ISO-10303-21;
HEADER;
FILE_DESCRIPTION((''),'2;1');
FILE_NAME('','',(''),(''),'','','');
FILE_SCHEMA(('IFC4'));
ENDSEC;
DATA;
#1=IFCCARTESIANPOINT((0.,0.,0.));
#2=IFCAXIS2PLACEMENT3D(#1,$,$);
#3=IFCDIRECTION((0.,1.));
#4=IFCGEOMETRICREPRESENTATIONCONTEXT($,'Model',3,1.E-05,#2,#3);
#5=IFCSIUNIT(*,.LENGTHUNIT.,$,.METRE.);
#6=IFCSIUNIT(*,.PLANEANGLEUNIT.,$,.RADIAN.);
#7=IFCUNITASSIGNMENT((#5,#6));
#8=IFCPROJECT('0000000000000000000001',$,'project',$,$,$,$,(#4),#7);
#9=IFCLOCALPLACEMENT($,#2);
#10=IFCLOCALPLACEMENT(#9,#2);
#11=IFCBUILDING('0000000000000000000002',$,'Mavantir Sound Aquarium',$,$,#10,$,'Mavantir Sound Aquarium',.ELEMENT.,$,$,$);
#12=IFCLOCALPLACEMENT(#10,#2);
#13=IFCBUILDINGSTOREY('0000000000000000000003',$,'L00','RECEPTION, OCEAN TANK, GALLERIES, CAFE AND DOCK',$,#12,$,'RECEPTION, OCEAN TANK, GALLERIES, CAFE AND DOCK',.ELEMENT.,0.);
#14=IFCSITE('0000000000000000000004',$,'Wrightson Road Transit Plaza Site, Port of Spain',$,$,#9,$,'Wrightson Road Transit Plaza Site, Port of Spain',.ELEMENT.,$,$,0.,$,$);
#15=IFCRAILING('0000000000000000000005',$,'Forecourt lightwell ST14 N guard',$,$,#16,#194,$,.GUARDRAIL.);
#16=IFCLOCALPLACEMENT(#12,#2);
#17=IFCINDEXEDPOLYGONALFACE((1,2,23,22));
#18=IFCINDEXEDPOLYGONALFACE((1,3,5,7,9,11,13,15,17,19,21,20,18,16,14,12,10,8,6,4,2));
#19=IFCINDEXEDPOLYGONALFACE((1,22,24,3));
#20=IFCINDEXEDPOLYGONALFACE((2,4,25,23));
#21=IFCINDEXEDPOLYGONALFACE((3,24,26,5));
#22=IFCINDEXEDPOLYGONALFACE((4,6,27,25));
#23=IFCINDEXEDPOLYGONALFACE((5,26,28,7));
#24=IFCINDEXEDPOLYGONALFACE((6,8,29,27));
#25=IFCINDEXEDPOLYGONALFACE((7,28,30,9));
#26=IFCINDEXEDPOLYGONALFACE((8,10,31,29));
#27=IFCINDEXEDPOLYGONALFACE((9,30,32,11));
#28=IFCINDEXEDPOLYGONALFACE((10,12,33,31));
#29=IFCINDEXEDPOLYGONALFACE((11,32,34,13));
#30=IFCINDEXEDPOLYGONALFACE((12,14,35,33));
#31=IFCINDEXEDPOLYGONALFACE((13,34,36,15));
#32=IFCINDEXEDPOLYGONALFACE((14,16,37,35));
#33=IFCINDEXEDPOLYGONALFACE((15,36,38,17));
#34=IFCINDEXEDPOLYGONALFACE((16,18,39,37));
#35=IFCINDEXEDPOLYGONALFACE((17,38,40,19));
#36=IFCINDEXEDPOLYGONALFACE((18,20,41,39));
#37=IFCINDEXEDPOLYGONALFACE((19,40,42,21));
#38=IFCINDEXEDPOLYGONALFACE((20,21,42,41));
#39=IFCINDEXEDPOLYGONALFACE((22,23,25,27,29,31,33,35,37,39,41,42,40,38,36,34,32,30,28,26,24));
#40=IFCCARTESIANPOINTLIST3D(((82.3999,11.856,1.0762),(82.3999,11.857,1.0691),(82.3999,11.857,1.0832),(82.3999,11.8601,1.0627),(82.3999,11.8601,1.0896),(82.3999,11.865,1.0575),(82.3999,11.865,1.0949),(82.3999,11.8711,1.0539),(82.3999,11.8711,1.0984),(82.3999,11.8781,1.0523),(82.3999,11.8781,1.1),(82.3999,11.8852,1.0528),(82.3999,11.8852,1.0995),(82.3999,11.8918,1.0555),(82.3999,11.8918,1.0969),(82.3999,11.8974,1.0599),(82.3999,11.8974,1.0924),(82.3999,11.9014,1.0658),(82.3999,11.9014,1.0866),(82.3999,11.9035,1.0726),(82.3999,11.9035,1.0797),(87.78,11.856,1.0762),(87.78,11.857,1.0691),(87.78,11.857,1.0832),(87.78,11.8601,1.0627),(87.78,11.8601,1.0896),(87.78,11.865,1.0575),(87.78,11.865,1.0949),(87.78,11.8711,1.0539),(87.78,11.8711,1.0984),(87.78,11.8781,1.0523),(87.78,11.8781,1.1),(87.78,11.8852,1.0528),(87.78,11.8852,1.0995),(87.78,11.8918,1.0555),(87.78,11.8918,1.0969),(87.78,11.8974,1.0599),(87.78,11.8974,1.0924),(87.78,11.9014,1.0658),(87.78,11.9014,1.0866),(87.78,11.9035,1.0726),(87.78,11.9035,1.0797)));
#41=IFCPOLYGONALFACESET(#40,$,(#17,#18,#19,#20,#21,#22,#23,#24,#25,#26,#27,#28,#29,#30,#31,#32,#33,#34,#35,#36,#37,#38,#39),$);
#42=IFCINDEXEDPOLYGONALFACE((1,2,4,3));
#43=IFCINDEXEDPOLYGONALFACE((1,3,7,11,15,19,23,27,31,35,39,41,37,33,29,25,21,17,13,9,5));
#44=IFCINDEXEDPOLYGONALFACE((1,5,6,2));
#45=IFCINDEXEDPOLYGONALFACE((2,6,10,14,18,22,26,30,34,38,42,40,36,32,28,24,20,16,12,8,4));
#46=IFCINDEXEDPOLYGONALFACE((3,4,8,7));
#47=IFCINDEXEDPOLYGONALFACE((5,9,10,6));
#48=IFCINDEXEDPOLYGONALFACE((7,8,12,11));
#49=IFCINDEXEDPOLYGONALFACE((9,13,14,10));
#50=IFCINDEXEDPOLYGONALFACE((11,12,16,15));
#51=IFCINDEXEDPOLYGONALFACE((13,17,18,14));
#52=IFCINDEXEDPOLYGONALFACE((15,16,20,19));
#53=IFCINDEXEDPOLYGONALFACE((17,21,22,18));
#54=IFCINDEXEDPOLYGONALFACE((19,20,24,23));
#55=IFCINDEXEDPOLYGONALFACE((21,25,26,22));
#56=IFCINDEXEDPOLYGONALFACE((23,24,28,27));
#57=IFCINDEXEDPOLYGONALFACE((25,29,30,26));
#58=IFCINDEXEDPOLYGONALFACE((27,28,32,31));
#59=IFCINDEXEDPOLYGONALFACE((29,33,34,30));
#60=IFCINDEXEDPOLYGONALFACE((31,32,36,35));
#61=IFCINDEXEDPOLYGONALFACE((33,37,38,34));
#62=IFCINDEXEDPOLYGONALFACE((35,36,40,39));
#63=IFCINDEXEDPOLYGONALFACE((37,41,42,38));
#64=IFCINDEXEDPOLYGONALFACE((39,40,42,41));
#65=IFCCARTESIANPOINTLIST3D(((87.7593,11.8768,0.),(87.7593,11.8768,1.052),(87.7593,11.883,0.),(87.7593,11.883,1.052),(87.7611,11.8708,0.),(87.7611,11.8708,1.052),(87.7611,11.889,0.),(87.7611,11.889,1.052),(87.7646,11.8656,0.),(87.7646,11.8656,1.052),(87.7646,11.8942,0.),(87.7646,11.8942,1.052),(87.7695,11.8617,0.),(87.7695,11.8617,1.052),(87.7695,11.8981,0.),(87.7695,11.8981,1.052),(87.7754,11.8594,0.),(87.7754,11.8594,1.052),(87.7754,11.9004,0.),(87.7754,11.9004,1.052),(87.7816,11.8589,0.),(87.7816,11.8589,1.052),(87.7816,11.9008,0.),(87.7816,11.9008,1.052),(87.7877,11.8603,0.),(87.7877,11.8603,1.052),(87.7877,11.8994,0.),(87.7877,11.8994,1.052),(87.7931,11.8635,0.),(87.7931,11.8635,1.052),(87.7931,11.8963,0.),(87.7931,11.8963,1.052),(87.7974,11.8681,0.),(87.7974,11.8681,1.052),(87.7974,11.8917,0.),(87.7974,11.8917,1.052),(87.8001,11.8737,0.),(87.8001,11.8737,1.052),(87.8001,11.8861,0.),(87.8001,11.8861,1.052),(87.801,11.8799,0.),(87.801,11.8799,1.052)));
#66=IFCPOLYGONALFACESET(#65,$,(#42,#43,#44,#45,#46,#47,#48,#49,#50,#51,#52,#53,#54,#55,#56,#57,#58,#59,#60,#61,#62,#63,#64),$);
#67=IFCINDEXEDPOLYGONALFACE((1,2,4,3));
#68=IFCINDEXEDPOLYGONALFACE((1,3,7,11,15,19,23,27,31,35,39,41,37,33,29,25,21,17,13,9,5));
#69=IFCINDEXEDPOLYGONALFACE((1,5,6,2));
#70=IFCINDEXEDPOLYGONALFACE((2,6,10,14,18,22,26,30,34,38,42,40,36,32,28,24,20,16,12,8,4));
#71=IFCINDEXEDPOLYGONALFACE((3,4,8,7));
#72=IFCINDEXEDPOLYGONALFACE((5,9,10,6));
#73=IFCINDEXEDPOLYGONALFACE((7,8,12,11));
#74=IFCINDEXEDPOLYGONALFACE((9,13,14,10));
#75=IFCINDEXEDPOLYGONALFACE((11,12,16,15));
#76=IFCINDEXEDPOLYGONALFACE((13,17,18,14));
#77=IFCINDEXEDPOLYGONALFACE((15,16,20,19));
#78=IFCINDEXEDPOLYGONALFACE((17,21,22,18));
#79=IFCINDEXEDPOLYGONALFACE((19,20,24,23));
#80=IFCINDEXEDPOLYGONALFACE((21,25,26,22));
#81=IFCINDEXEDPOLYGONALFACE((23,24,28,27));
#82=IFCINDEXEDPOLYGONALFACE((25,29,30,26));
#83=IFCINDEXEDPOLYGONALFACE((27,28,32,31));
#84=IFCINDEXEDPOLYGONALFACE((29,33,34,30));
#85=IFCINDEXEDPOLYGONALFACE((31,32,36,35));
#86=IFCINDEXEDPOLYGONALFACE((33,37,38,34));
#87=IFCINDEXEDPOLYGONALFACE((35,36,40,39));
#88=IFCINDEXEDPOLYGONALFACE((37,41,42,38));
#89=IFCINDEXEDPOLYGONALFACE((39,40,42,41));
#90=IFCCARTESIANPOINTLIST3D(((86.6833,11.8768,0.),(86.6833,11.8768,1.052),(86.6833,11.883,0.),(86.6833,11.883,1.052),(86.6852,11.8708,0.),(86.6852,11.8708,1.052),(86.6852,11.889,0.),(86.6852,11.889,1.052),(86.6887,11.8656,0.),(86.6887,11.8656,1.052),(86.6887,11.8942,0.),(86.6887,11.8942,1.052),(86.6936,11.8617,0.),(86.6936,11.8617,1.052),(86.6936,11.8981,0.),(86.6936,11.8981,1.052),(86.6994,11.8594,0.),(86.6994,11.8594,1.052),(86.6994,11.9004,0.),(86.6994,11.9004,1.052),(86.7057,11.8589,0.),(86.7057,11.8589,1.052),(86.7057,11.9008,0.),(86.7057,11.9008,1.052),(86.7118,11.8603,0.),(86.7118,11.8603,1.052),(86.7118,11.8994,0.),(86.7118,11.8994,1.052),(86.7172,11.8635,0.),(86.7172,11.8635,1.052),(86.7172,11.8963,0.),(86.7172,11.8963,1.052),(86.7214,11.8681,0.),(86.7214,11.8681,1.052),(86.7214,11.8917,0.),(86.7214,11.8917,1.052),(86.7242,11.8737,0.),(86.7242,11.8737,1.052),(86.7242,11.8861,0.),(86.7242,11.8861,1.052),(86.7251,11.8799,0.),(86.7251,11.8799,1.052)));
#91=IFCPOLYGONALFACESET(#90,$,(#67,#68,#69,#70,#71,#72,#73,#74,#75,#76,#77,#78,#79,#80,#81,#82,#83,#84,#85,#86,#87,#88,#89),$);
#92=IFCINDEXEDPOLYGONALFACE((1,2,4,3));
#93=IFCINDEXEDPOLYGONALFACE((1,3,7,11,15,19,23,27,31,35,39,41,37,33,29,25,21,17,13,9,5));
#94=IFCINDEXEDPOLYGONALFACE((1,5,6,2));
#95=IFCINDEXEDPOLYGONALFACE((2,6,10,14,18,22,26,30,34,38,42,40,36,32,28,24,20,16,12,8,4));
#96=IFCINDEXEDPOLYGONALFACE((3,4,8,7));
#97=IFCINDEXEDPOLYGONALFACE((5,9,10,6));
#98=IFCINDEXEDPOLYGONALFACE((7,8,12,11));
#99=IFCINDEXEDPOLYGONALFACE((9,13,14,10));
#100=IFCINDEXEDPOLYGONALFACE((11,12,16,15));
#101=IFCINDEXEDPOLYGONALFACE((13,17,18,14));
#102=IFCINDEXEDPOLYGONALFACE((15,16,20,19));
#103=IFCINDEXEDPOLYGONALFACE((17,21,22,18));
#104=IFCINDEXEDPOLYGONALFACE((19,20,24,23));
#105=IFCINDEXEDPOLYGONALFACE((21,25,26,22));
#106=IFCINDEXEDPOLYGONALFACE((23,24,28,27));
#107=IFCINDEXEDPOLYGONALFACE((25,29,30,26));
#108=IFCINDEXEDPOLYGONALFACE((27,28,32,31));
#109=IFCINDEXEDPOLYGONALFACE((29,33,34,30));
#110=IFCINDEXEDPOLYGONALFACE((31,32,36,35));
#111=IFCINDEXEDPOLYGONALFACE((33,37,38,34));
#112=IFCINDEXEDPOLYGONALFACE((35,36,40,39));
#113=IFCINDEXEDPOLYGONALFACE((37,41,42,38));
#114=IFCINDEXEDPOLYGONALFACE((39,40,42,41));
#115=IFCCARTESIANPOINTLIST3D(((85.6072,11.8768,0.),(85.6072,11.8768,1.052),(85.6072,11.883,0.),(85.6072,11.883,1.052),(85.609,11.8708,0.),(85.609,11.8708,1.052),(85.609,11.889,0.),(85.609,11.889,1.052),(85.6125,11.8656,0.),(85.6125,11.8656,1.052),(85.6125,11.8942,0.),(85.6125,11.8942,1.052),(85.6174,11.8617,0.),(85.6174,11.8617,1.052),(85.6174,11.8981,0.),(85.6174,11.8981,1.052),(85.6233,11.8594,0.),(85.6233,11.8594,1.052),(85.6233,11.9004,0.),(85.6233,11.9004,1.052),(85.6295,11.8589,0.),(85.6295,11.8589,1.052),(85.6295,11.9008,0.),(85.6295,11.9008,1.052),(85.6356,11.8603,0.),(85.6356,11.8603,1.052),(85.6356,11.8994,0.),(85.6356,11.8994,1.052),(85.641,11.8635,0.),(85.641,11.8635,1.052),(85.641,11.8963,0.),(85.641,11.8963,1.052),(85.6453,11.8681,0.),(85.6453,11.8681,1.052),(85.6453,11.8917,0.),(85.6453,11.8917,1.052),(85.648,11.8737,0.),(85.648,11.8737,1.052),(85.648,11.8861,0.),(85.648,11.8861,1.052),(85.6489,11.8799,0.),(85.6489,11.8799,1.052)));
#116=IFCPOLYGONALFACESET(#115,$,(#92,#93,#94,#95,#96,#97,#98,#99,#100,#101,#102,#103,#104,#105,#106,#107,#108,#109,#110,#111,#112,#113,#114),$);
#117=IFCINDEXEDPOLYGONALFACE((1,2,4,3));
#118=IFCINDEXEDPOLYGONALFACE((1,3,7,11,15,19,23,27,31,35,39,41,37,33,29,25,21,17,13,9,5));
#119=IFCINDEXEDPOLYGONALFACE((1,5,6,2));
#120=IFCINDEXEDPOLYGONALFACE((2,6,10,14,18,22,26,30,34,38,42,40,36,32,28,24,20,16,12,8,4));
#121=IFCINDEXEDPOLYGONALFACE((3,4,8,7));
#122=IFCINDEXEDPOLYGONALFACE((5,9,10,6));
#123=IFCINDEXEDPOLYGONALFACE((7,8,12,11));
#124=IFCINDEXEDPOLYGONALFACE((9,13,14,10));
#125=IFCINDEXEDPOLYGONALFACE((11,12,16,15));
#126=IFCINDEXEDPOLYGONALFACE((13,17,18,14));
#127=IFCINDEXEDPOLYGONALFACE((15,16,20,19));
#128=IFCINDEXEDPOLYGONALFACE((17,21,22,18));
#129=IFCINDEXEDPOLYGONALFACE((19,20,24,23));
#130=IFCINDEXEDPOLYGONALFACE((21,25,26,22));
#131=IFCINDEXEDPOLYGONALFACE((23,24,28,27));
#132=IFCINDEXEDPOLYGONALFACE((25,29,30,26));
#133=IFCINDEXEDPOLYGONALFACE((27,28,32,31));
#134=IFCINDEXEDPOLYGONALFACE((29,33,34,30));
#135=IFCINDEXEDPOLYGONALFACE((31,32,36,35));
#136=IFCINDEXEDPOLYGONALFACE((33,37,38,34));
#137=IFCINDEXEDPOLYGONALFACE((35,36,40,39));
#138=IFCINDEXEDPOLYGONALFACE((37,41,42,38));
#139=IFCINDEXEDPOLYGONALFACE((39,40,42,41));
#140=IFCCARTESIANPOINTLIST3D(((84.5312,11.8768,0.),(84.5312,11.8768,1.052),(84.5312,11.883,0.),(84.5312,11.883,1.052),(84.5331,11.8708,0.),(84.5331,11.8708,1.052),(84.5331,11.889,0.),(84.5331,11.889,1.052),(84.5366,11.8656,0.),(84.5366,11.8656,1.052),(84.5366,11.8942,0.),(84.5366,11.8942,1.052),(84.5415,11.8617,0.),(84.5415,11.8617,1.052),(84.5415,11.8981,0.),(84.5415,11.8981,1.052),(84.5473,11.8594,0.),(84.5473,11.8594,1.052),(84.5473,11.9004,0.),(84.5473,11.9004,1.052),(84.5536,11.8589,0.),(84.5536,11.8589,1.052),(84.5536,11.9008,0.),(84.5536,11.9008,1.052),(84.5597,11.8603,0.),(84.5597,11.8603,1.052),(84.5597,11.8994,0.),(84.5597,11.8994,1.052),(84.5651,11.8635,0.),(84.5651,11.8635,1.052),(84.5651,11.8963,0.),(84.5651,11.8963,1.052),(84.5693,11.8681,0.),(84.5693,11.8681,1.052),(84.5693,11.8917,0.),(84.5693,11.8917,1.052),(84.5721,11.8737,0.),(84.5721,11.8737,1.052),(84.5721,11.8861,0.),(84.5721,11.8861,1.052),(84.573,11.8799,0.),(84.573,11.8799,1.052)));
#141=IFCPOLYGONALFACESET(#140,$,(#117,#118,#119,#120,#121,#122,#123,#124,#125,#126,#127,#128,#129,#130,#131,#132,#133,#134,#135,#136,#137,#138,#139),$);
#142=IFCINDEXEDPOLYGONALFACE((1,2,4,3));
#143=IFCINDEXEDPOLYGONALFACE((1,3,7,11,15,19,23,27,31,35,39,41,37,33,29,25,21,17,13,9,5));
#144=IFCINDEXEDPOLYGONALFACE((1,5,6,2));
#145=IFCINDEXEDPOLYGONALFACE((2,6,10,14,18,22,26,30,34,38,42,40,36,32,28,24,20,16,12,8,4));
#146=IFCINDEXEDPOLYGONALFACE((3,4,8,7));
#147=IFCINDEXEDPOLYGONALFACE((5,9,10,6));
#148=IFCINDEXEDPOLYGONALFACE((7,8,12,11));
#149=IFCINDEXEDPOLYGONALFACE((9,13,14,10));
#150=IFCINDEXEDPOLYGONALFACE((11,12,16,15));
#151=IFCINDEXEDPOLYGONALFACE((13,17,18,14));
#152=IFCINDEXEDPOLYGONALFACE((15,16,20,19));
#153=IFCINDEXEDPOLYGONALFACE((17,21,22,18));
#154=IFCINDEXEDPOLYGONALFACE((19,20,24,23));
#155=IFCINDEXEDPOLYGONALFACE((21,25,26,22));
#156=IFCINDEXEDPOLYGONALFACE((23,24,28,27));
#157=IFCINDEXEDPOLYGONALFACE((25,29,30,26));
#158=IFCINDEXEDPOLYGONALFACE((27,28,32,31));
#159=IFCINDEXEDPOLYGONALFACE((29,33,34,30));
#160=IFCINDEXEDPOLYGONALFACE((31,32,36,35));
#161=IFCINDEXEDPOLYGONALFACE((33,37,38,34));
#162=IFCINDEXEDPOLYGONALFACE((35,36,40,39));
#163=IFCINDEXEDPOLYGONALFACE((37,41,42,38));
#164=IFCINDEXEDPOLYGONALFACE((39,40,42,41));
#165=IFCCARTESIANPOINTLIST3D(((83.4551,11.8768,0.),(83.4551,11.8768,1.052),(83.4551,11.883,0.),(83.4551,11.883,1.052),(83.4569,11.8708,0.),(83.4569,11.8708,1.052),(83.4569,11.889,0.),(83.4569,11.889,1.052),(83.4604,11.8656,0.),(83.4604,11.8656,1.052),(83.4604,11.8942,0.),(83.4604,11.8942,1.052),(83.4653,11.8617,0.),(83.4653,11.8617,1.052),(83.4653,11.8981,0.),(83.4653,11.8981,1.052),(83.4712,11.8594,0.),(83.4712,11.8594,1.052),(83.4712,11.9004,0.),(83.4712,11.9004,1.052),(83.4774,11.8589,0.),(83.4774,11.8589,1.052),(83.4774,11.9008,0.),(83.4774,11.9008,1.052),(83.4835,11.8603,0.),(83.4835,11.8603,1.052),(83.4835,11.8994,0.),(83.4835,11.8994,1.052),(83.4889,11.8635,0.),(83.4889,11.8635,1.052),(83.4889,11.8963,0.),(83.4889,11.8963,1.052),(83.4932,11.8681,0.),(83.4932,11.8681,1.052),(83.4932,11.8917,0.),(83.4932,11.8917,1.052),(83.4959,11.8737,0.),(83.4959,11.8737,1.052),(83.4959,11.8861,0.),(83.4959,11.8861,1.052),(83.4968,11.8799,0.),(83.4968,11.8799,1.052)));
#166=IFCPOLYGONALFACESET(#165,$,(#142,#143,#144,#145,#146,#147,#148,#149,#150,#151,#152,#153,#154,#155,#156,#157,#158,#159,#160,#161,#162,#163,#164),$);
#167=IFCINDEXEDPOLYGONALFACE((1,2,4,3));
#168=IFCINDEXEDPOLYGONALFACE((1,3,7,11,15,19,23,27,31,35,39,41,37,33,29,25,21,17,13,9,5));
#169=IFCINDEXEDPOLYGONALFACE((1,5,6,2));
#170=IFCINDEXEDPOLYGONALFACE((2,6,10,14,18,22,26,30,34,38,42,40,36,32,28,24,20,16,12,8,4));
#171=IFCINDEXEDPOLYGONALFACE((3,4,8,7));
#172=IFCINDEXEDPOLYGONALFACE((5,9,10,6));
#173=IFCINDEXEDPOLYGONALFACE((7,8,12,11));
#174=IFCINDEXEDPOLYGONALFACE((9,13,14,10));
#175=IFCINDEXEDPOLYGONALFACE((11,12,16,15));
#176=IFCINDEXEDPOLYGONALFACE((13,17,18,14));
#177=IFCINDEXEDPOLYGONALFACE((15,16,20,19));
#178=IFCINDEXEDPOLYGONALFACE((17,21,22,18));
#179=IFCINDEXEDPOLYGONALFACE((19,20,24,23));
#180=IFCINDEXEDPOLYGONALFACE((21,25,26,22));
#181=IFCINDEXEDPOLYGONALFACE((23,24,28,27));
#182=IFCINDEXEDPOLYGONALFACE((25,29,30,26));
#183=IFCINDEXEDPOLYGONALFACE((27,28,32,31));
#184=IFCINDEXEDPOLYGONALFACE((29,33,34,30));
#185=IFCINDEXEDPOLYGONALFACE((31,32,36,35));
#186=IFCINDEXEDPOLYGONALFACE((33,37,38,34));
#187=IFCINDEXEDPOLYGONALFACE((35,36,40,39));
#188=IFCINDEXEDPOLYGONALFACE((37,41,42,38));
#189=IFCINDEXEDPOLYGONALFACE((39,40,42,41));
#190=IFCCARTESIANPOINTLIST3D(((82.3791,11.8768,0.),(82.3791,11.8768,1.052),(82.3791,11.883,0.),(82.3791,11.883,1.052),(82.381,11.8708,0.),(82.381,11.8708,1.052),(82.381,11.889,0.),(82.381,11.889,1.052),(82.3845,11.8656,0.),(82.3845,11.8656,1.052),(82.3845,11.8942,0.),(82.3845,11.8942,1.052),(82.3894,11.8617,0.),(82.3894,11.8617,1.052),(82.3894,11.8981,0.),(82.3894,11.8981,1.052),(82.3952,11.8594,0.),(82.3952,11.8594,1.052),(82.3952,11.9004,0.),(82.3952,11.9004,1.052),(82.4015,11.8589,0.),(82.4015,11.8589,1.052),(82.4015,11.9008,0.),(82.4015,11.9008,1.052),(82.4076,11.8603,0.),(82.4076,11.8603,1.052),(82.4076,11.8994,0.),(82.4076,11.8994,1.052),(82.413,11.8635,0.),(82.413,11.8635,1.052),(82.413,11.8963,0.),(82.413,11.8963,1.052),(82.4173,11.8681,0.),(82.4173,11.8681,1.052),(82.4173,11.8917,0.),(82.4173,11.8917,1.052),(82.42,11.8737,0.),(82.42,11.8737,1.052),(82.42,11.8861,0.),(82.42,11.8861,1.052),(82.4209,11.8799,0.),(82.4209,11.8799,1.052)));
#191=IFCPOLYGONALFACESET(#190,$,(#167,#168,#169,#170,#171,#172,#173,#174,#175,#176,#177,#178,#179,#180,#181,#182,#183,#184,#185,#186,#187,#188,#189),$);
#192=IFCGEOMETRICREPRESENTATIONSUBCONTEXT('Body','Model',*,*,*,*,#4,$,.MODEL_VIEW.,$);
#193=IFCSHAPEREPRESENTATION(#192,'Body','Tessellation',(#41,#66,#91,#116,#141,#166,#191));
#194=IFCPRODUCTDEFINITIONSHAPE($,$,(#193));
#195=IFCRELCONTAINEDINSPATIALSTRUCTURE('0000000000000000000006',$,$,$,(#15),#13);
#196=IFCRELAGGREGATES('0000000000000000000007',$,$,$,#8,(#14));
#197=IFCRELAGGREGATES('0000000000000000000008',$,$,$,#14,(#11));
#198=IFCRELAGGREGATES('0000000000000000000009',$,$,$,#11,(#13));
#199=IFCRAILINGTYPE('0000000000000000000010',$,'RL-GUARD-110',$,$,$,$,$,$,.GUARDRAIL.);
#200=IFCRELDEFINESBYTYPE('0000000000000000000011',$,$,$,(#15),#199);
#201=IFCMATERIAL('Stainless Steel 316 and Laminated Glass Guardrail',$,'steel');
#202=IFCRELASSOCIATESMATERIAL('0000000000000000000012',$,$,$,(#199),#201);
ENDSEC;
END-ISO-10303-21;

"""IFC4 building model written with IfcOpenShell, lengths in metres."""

from ifc_helpers import new_model, si_unit, direction, frame, origin, origin_2d, place, context, subcontext, project, spatial, circle, extrude, material, type_object, element, save


model = new_model("IFC4")

# Units and contexts
model_context = context("Model", 3, precision=1e-05, world=origin(), true_north=direction((0.0, 1.0)))
body_context = subcontext(model_context, "Body", "Model", "MODEL_VIEW")
ifc_project = project(units=[si_unit("LENGTHUNIT", "METRE"), si_unit("PLANEANGLEUNIT", "RADIAN")], contexts=[model_context])

# Site, building, storey
site_placement = place(None, origin())
site = spatial("IfcSite", under=ifc_project, at=site_placement, Name="Wrightson Road Transit Plaza Site, Port of Spain", LongName="Wrightson Road Transit Plaza Site, Port of Spain", CompositionType="ELEMENT", RefElevation=0.0)
building_placement = place(site_placement, origin())
building = spatial("IfcBuilding", under=site, at=building_placement, Name="Mavantir Sound Aquarium", LongName="Mavantir Sound Aquarium", CompositionType="ELEMENT")
storey_placement = place(building_placement, origin())
storey = spatial("IfcBuildingStorey", under=building, at=storey_placement, Name="L00", Description="RECEPTION, OCEAN TANK, GALLERIES, CAFE AND DOCK", LongName="RECEPTION, OCEAN TANK, GALLERIES, CAFE AND DOCK", CompositionType="ELEMENT", Elevation=0.0)

# Railing
ifc_material_1 = material(Name="Stainless Steel 316 and Laminated Glass Guardrail", Category="steel")
railing_type_1 = type_object("IfcRailingType", Name="RL-GUARD-110", PredefinedType="GUARDRAIL", material=ifc_material_1)
railing_1_placement = place(storey_placement, frame((87.78, 11.8799, 0.0)))
element("IfcRailing", 1, at=railing_1_placement, inside=storey, type_object=railing_type_1, Name="Forecourt lightwell ST14 N guard", PredefinedType="GUARDRAIL", context=body_context, shape_type="SweptSolid", body=[
    extrude(circle(Radius=0.0239, at=origin_2d()), frame((0.0, 0.0, 1.0762), z_axis=(-1.0, 0.0, 0.0), x_axis=(0.0, -1.0, 0.0)), (0.0, 0.0, 1.0), 5.3801),
    extrude(circle(Radius=0.021, at=origin_2d()), origin(), (0.0, 0.0, 1.0), 1.052),
    extrude(circle(Radius=0.021, at=origin_2d()), frame((-1.0759, 0.0, 0.0)), (0.0, 0.0, 1.0), 1.052),
    extrude(circle(Radius=0.021, at=origin_2d()), frame((-2.1521, 0.0, 0.0)), (0.0, 0.0, 1.0), 1.052),
    extrude(circle(Radius=0.021, at=origin_2d()), frame((-3.228, 0.0, 0.0)), (0.0, 0.0, 1.0), 1.052),
    extrude(circle(Radius=0.021, at=origin_2d()), frame((-4.3042, 0.0, 0.0)), (0.0, 0.0, 1.0), 1.052),
    extrude(circle(Radius=0.021, at=origin_2d()), frame((-5.3801, 0.0, 0.0)), (0.0, 0.0, 1.0), 1.052),
])

save(model, "model.ifc")
